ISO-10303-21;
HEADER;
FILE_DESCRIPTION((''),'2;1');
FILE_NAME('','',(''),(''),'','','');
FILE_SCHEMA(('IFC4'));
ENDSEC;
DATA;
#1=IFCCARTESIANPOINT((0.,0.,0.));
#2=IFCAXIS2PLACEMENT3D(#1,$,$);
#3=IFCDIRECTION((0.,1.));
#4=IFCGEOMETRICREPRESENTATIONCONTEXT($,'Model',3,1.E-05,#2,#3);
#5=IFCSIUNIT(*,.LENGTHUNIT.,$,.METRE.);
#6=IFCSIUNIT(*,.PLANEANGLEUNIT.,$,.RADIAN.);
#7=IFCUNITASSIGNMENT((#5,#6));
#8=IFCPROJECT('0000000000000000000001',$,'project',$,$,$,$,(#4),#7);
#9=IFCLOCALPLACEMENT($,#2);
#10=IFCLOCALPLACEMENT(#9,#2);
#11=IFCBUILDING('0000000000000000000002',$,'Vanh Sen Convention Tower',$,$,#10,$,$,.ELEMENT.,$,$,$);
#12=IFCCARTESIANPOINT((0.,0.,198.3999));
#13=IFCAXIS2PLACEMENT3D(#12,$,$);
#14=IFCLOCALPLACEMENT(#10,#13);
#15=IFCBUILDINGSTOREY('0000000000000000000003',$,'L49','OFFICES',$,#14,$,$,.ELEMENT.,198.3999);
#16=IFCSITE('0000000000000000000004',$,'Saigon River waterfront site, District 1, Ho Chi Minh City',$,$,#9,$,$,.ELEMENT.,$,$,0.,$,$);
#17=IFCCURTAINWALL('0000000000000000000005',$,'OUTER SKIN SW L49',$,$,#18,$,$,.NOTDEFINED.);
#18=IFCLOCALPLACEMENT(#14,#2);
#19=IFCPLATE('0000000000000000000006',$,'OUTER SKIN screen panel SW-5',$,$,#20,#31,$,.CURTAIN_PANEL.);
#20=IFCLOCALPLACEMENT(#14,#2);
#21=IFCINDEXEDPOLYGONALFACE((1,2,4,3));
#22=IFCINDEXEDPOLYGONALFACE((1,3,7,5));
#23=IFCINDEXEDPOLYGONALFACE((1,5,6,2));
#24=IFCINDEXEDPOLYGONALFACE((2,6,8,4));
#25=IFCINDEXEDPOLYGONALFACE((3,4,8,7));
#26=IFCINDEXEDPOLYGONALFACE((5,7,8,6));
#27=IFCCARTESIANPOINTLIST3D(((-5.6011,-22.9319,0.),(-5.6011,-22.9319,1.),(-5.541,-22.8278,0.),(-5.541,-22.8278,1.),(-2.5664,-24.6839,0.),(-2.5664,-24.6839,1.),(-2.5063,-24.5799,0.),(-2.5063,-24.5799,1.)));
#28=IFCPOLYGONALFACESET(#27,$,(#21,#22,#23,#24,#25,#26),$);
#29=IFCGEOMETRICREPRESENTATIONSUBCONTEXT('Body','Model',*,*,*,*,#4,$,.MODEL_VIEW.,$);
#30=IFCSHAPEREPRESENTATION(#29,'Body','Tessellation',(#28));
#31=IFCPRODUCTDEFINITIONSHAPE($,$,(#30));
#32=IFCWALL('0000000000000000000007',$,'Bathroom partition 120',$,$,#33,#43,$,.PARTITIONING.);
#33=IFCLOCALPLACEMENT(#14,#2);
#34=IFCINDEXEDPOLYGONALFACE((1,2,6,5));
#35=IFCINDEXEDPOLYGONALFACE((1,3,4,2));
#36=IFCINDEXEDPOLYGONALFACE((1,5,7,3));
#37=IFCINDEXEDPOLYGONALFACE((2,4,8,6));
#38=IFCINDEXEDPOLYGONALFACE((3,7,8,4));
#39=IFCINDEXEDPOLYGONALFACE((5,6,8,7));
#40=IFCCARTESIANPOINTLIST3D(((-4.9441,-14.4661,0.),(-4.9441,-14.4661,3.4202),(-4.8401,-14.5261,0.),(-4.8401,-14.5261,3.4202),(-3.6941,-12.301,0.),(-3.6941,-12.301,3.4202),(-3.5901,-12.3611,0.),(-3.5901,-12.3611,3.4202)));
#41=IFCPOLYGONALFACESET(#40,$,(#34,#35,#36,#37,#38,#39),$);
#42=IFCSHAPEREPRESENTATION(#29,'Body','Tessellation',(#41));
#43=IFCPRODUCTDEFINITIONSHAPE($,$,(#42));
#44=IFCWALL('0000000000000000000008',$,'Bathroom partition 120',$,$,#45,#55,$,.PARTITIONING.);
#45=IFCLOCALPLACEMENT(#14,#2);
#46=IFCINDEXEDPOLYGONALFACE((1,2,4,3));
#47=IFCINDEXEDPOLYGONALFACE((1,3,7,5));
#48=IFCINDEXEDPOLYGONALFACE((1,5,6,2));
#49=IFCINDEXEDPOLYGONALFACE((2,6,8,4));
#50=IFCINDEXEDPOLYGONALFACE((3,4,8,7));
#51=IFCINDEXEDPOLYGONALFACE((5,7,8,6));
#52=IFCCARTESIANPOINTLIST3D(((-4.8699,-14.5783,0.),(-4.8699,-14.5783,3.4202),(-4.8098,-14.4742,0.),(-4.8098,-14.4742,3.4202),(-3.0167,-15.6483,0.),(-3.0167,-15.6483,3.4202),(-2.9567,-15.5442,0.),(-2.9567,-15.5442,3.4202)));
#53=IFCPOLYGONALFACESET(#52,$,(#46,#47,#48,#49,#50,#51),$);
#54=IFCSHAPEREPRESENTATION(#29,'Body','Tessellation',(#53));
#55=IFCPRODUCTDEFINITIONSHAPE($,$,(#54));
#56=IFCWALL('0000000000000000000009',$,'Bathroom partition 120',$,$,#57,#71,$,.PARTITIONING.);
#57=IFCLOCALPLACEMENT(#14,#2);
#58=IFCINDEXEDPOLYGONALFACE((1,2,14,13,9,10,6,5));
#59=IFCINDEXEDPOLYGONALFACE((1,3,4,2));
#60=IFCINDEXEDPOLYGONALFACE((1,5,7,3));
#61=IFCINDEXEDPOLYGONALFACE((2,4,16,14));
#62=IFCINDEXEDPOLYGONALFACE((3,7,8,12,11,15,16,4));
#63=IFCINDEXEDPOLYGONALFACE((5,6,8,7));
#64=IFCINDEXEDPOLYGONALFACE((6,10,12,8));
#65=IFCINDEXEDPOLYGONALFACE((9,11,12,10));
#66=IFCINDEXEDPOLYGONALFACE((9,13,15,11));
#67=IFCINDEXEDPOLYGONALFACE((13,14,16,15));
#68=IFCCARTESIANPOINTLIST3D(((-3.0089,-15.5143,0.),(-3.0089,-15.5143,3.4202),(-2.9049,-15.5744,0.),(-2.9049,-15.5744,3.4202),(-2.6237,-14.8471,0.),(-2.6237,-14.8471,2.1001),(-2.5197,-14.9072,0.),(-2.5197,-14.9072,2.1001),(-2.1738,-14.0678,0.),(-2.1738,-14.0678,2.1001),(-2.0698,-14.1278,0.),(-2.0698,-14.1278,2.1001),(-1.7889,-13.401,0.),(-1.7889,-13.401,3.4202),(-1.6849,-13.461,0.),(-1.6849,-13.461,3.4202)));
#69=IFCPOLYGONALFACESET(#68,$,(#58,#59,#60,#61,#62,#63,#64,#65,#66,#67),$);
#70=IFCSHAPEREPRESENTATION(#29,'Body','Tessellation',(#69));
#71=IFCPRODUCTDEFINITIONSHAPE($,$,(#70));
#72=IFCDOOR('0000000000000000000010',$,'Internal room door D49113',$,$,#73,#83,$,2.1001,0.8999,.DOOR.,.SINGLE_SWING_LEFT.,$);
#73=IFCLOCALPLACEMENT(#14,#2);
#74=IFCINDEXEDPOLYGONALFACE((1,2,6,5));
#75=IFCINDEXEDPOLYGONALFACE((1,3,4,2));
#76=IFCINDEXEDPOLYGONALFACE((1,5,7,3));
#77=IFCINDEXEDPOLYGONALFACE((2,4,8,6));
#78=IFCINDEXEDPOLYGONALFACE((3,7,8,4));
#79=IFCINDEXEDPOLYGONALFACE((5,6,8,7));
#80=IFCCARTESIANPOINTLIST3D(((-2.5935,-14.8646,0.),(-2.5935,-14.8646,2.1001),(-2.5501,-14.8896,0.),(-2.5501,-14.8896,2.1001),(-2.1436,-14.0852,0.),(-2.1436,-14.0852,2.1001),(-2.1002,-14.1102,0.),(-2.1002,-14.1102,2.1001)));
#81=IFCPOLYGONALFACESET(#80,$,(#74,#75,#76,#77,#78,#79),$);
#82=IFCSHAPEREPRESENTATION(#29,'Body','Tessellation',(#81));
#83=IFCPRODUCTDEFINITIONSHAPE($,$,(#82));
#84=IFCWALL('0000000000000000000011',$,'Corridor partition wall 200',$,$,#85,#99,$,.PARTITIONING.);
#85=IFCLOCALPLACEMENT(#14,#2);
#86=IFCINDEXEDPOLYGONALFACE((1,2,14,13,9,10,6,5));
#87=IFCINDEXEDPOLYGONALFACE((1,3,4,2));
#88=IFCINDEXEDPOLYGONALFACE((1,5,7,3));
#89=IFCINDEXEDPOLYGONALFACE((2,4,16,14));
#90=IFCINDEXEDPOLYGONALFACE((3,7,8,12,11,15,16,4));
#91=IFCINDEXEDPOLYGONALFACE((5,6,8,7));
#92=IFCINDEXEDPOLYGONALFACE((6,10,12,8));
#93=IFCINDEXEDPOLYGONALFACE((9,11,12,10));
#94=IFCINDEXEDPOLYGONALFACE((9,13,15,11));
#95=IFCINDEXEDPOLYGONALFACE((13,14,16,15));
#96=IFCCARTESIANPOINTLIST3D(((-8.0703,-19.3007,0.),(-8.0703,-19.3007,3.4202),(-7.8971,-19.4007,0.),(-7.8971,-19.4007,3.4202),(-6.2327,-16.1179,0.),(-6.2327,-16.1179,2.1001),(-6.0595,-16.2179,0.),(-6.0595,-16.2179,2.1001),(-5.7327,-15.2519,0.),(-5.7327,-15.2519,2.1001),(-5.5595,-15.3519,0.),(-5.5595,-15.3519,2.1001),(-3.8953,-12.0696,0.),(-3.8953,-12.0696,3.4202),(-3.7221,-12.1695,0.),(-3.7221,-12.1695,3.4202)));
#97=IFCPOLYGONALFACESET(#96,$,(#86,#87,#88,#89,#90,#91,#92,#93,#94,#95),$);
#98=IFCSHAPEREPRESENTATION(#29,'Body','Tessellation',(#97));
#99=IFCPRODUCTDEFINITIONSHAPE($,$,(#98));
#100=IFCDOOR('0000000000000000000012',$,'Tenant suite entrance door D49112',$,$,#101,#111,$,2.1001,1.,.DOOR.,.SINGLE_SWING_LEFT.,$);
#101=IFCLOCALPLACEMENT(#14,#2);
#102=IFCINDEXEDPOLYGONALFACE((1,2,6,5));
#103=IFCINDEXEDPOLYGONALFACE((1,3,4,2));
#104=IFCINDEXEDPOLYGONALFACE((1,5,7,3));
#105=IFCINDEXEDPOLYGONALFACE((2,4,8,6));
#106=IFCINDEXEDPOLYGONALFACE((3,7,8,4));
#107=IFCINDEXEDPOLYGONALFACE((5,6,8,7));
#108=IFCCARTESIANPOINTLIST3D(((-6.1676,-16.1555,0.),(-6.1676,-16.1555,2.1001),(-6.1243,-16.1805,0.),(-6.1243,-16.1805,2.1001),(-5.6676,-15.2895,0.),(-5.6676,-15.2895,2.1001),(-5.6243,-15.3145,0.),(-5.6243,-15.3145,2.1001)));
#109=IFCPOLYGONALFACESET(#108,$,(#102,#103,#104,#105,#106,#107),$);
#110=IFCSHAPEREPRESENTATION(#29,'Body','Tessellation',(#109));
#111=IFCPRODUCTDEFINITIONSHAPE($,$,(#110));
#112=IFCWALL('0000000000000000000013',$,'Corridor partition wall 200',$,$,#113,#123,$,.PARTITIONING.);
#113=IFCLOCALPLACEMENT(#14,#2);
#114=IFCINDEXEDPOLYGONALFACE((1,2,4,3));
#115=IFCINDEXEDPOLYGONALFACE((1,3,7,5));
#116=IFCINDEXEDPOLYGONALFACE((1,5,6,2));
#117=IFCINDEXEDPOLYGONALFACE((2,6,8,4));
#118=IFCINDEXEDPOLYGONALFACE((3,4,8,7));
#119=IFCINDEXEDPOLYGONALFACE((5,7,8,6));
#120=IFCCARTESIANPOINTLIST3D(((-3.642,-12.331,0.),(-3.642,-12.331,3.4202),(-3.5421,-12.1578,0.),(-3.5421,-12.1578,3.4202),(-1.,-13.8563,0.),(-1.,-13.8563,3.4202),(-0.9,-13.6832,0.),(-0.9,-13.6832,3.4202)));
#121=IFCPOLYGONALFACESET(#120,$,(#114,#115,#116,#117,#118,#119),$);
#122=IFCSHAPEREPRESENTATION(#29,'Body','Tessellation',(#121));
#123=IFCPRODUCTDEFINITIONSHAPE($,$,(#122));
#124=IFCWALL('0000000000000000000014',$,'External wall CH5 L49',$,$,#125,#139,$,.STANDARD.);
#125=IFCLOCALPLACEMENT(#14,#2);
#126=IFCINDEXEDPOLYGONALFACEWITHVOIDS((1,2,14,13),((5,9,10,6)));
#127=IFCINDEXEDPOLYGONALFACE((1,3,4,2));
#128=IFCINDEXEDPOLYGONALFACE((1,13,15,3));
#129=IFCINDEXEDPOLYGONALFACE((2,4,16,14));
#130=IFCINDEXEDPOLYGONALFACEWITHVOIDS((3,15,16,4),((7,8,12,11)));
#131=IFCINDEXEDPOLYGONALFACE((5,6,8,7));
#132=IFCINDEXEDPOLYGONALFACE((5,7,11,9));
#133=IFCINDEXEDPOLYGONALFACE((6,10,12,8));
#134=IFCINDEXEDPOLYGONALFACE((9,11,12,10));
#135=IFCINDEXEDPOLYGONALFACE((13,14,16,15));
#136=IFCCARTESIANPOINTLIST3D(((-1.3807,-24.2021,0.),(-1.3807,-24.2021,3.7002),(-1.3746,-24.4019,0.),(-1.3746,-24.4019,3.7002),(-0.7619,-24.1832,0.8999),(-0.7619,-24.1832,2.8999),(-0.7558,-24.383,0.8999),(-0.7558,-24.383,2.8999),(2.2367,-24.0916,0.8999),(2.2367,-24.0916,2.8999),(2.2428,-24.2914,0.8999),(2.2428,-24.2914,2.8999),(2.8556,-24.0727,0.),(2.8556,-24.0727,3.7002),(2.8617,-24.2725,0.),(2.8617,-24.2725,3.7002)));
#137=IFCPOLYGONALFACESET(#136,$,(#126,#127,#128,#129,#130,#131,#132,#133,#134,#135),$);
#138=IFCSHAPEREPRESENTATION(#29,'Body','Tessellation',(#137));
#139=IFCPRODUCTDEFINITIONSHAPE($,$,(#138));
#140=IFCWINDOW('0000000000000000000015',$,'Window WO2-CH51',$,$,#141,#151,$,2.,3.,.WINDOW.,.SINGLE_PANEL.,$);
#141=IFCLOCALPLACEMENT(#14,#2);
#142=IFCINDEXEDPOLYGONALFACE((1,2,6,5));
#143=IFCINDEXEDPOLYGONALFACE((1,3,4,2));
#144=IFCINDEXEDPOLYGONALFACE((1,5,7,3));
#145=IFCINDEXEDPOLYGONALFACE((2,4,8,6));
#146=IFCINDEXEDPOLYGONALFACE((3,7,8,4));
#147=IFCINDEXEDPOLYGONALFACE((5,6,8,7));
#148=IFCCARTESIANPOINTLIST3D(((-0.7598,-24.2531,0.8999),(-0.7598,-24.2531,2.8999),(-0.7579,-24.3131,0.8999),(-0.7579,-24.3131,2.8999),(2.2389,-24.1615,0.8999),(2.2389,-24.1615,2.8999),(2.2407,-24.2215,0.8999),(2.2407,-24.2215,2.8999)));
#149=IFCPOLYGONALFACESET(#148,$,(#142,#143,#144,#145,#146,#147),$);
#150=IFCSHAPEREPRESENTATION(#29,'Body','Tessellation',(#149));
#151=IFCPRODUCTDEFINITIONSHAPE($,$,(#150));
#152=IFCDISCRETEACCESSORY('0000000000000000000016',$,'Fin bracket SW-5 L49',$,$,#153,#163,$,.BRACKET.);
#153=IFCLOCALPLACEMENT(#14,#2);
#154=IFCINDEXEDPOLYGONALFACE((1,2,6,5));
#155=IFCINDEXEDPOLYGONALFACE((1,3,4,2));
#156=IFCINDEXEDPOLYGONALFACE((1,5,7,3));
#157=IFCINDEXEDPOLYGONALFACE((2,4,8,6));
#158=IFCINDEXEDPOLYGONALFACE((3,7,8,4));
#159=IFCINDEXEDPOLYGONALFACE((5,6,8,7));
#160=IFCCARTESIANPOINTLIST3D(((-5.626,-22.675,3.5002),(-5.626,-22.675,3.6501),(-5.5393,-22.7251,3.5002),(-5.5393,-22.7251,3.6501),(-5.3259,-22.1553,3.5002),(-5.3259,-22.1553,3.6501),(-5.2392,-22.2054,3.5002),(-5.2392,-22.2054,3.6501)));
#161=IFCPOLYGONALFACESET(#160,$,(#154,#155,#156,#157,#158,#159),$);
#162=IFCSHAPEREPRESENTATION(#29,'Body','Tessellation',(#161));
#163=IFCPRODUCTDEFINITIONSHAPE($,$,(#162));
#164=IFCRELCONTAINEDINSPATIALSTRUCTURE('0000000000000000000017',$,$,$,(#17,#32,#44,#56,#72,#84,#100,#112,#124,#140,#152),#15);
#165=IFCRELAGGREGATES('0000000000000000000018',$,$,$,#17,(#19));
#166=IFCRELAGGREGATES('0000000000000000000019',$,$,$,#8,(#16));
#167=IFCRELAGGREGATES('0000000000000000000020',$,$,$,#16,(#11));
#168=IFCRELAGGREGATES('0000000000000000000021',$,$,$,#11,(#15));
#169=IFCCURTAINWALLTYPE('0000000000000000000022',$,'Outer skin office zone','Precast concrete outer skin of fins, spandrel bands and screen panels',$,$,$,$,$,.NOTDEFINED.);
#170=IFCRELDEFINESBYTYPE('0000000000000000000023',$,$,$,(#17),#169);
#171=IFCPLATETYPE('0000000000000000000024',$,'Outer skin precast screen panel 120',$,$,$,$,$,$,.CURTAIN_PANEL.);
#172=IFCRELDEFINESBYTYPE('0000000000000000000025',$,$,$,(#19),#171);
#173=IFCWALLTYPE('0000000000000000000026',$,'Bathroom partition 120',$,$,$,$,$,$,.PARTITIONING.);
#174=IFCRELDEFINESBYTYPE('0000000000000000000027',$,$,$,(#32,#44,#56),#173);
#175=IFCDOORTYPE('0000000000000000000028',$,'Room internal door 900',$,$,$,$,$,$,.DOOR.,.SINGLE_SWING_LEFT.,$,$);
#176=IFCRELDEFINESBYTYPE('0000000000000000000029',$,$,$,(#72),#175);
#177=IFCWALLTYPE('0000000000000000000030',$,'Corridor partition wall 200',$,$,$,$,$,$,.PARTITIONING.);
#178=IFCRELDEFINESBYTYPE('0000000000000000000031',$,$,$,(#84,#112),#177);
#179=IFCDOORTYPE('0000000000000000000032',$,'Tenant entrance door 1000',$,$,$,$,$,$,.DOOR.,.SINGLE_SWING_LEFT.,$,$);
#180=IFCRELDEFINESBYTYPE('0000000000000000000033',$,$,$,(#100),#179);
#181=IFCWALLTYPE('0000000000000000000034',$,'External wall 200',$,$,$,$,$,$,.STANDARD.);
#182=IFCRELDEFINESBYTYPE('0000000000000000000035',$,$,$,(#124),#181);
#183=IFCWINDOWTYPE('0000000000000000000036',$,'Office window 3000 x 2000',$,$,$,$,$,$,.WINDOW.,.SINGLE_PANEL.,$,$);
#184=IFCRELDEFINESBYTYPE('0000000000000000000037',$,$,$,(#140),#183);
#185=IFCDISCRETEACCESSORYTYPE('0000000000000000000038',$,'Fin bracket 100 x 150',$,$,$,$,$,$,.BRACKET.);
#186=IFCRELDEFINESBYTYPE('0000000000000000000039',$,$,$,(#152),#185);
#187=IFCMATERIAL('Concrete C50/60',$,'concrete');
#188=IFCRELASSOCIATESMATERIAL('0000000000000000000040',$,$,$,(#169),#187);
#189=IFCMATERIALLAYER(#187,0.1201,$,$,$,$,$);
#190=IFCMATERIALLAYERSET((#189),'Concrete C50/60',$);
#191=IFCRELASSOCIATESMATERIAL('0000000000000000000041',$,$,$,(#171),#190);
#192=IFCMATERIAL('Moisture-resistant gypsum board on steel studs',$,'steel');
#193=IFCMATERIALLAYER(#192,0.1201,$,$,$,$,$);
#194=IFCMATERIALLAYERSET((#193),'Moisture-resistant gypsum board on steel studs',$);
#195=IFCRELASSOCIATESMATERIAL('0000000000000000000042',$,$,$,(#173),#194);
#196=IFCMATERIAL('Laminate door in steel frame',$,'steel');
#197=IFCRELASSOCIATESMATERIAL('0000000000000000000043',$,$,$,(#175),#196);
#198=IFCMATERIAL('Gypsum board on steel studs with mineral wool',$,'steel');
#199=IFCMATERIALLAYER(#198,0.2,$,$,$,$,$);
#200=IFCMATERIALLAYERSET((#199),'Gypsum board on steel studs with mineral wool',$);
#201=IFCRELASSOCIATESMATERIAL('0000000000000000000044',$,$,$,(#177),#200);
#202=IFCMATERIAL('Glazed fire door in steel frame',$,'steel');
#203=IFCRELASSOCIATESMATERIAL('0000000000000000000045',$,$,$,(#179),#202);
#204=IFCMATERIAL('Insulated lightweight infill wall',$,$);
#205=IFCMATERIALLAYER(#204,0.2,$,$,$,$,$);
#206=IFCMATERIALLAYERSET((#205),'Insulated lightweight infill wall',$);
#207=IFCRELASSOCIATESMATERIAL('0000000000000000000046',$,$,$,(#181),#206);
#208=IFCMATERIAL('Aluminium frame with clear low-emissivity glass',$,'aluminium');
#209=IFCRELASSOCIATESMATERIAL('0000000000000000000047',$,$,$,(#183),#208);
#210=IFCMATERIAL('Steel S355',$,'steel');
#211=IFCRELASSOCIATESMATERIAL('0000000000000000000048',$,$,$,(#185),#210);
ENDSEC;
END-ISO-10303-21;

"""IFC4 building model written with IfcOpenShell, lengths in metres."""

from ifc_helpers import new_model, si_unit, direction, frame, frame_2d, origin, origin_2d, place, context, subcontext, project, spatial, rectangle, extrude, material, layer, layer_set, type_object, element, fill, aggregate, save


model = new_model("IFC4")

# Units and contexts
model_context = context("Model", 3, precision=1e-05, world=origin(), true_north=direction((0.0, 1.0)))
body_context = subcontext(model_context, "Body", "Model", "MODEL_VIEW")
ifc_project = project(units=[si_unit("LENGTHUNIT", "METRE"), si_unit("PLANEANGLEUNIT", "RADIAN")], contexts=[model_context])

# Site, building, storey
site_placement = place(None, origin())
site = spatial("IfcSite", under=ifc_project, at=site_placement, Name="Saigon River waterfront site, District 1, Ho Chi Minh City", CompositionType="ELEMENT", RefElevation=0.0)
building_placement = place(site_placement, origin())
building = spatial("IfcBuilding", under=site, at=building_placement, Name="Vanh Sen Convention Tower", CompositionType="ELEMENT")
storey_placement = place(building_placement, frame((0.0, 0.0, 198.3999)))
storey = spatial("IfcBuildingStorey", under=building, at=storey_placement, Name="L49", Description="OFFICES", CompositionType="ELEMENT", Elevation=198.3999)

# Curtain wall
ifc_material_1 = material(Name="Concrete C50/60", Category="concrete")
curtain_wall_type = type_object("IfcCurtainWallType", Name="Outer skin office zone", Description="Precast concrete outer skin of fins, spandrel bands and screen panels", PredefinedType="NOTDEFINED", material=ifc_material_1)
curtain_wall_1_placement = place(storey_placement, origin())
curtain_wall_1 = element("IfcCurtainWall", 1, at=curtain_wall_1_placement, inside=storey, type_object=curtain_wall_type, Name="OUTER SKIN SW L49", PredefinedType="NOTDEFINED")

# Plate
ifc_layer_1 = layer(ifc_material_1, 0.1201)
ifc_layer_set_1 = layer_set([ifc_layer_1], Name="Concrete C50/60")
plate_type = type_object("IfcPlateType", Name="Outer skin precast screen panel 120", PredefinedType="CURTAIN_PANEL", material=ifc_layer_set_1)
plate_1_placement = place(storey_placement, frame((-4.0537, -23.7559, 0.0), z_axis=(0.0, 0.0, 1.0), x_axis=(0.866035, -0.499983, 0.0)))
plate_1 = element("IfcPlate", 2, at=plate_1_placement, type_object=plate_type, Name="OUTER SKIN screen panel SW-5", PredefinedType="CURTAIN_PANEL", context=body_context, shape_type="SweptSolid", body=[
    extrude(rectangle(XDim=3.5042, YDim=0.1201, at=origin_2d()), origin(), (0.0, 0.0, 1.0), 1.0),
])
aggregate(curtain_wall_1, [plate_1])

# Walls
ifc_material_2 = material(Name="Moisture-resistant gypsum board on steel studs", Category="steel")
ifc_layer_2 = layer(ifc_material_2, 0.1201)
ifc_layer_set_2 = layer_set([ifc_layer_2], Name="Moisture-resistant gypsum board on steel studs")
wall_type_1 = type_object("IfcWallType", Name="Bathroom partition 120", PredefinedType="PARTITIONING", material=ifc_layer_set_2)
wall_1_placement = place(storey_placement, frame((-4.8921, -14.4961, 0.0), z_axis=(0.0, 0.0, 1.0), x_axis=(0.500004, 0.866023, 0.0)))
element("IfcWall", 3, at=wall_1_placement, inside=storey, type_object=wall_type_1, Name="Bathroom partition 120", PredefinedType="PARTITIONING", context=body_context, shape_type="SweptSolid", body=[
    extrude(rectangle(XDim=2.5, YDim=0.1201, at=frame_2d((1.25, 0.0))), origin(), (0.0, 0.0, 1.0), 3.4202),
])
wall_2_placement = place(storey_placement, frame((-2.9868, -15.5962, 0.0), z_axis=(0.0, 0.0, 1.0), x_axis=(-0.866009, 0.500029, 0.0)))
element("IfcWall", 4, at=wall_2_placement, inside=storey, type_object=wall_type_1, Name="Bathroom partition 120", PredefinedType="PARTITIONING", context=body_context, shape_type="SweptSolid", body=[
    extrude(rectangle(XDim=2.1399, YDim=0.1201, at=frame_2d((1.0698, 0.0))), origin(), (0.0, 0.0, 1.0), 3.4202),
])

# Walls, openings, doors
wall_3_placement = place(storey_placement, frame((-1.7368, -13.4309, 0.0), z_axis=(0.0, 0.0, 1.0), x_axis=(-0.499959, -0.866049, 0.0)))
wall_3 = element("IfcWall", 5, at=wall_3_placement, inside=storey, type_object=wall_type_1, Name="Bathroom partition 120", PredefinedType="PARTITIONING", context=body_context, shape_type="SweptSolid", body=[
    extrude(rectangle(XDim=2.4402, YDim=0.1201, at=frame_2d((1.2202, 0.0))), origin(), (0.0, 0.0, 1.0), 3.4202),
])
opening_1_placement = place(wall_3_placement, frame((0.77, 0.0, 0.0)))
opening_1 = element("IfcOpeningElement", 6, at=opening_1_placement, cuts=wall_3, PredefinedType="OPENING", context=body_context, shape_type="SweptSolid", body=[
    extrude(rectangle(XDim=0.8999, YDim=2.1001, at=frame_2d((0.45, 1.05))), frame((0.0, 0.0701, 0.0), z_axis=(0.0, -1.0, 0.0), x_axis=(1.0, 0.0, 0.0)), (0.0, 0.0, 1.0), 0.1401),
])
ifc_material_3 = material(Name="Laminate door in steel frame", Category="steel")
door_type_1 = type_object("IfcDoorType", Name="Room internal door 900", OperationType="SINGLE_SWING_LEFT", PredefinedType="DOOR", material=ifc_material_3)
door_1_placement = place(opening_1_placement, origin())
door_1 = element("IfcDoor", 7, at=door_1_placement, inside=storey, type_object=door_type_1, Name="Internal room door D49113", OperationType="SINGLE_SWING_LEFT", OverallHeight=2.1001, OverallWidth=0.8999, PredefinedType="DOOR", context=body_context, shape_type="SweptSolid", body=[
    extrude(rectangle(XDim=0.8999, YDim=2.1001, at=frame_2d((0.45, 1.05))), frame((0.0, 0.0249, 0.0), z_axis=(0.0, -1.0, 0.0), x_axis=(1.0, 0.0, 0.0)), (0.0, 0.0, 1.0), 0.05),
])
fill(opening_1, door_1)
ifc_material_4 = material(Name="Gypsum board on steel studs with mineral wool", Category="steel")
ifc_layer_3 = layer(ifc_material_4, 0.2)
ifc_layer_set_3 = layer_set([ifc_layer_3], Name="Gypsum board on steel studs with mineral wool")
wall_type_2 = type_object("IfcWallType", Name="Corridor partition wall 200", PredefinedType="PARTITIONING", material=ifc_layer_set_3)
wall_4_placement = place(storey_placement, frame((-7.9836, -19.3506, 0.0), z_axis=(0.0, 0.0, 1.0), x_axis=(0.50001, 0.86602, 0.0)))
wall_4 = element("IfcWall", 8, at=wall_4_placement, inside=storey, type_object=wall_type_2, Name="Corridor partition wall 200", PredefinedType="PARTITIONING", context=body_context, shape_type="SweptSolid", body=[
    extrude(rectangle(XDim=8.3499, YDim=0.2, at=frame_2d((4.1748, 0.0))), origin(), (0.0, 0.0, 1.0), 3.4202),
])
opening_2_placement = place(wall_4_placement, frame((3.675, 0.0, 0.0)))
opening_2 = element("IfcOpeningElement", 9, at=opening_2_placement, cuts=wall_4, PredefinedType="OPENING", context=body_context, shape_type="SweptSolid", body=[
    extrude(rectangle(XDim=1.0, YDim=2.1001, at=frame_2d((0.5, 1.05))), frame((0.0, 0.1099, 0.0), z_axis=(0.0, -1.0, 0.0), x_axis=(1.0, 0.0, 0.0)), (0.0, 0.0, 1.0), 0.22),
])
ifc_material_5 = material(Name="Glazed fire door in steel frame", Category="steel")
door_type_2 = type_object("IfcDoorType", Name="Tenant entrance door 1000", OperationType="SINGLE_SWING_LEFT", PredefinedType="DOOR", material=ifc_material_5)
door_2_placement = place(opening_2_placement, origin())
door_2 = element("IfcDoor", 10, at=door_2_placement, inside=storey, type_object=door_type_2, Name="Tenant suite entrance door D49112", OperationType="SINGLE_SWING_LEFT", OverallHeight=2.1001, OverallWidth=1.0, PredefinedType="DOOR", context=body_context, shape_type="SweptSolid", body=[
    extrude(rectangle(XDim=1.0, YDim=2.1001, at=frame_2d((0.5, 1.05))), frame((0.0, 0.0249, 0.0), z_axis=(0.0, -1.0, 0.0), x_axis=(1.0, 0.0, 0.0)), (0.0, 0.0, 1.0), 0.05),
])
fill(opening_2, door_2)

# Wall
wall_5_placement = place(storey_placement, frame((-3.592, -12.2444, 0.0), z_axis=(0.0, 0.0, 1.0), x_axis=(0.866028, -0.499995, 0.0)))
element("IfcWall", 11, at=wall_5_placement, inside=storey, type_object=wall_type_2, Name="Corridor partition wall 200", PredefinedType="PARTITIONING", context=body_context, shape_type="SweptSolid", body=[
    extrude(rectangle(XDim=3.0508, YDim=0.2, at=frame_2d((1.5254, 0.0))), origin(), (0.0, 0.0, 1.0), 3.4202),
])

# Wall, opening, window
ifc_material_6 = material(Name="Insulated lightweight infill wall")
ifc_layer_4 = layer(ifc_material_6, 0.2)
ifc_layer_set_4 = layer_set([ifc_layer_4], Name="Insulated lightweight infill wall")
wall_type_3 = type_object("IfcWallType", Name="External wall 200", PredefinedType="STANDARD", material=ifc_layer_set_4)
wall_6_placement = place(storey_placement, frame((-1.3777, -24.302, 0.0), z_axis=(0.0, 0.0, 1.0), x_axis=(0.999534, 0.03053, 0.0)))
wall_6 = element("IfcWall", 12, at=wall_6_placement, inside=storey, type_object=wall_type_3, Name="External wall CH5 L49", PredefinedType="STANDARD", context=body_context, shape_type="SweptSolid", body=[
    extrude(rectangle(XDim=4.2383, YDim=0.2, at=frame_2d((2.1191, 0.0))), origin(), (0.0, 0.0, 1.0), 3.7002),
])
opening_3_placement = place(wall_6_placement, frame((0.6191, 0.0, 0.8999)))
opening_3 = element("IfcOpeningElement", 13, at=opening_3_placement, cuts=wall_6, PredefinedType="OPENING", context=body_context, shape_type="SweptSolid", body=[
    extrude(rectangle(XDim=3.0, YDim=2.0, at=frame_2d((1.5, 1.0))), frame((0.0, 0.1099, 0.0), z_axis=(0.0, -1.0, 0.0), x_axis=(1.0, 0.0, 0.0)), (0.0, 0.0, 1.0), 0.22),
])
ifc_material_7 = material(Name="Aluminium frame with clear low-emissivity glass", Category="aluminium")
window_type = type_object("IfcWindowType", Name="Office window 3000 x 2000", PartitioningType="SINGLE_PANEL", PredefinedType="WINDOW", material=ifc_material_7)
window_placement = place(opening_3_placement, origin())
window = element("IfcWindow", 14, at=window_placement, inside=storey, type_object=window_type, Name="Window WO2-CH51", OverallHeight=2.0, OverallWidth=3.0, PartitioningType="SINGLE_PANEL", PredefinedType="WINDOW", context=body_context, shape_type="SweptSolid", body=[
    extrude(rectangle(XDim=3.0, YDim=2.0, at=frame_2d((1.5, 1.0))), frame((0.0, 0.03, 0.0), z_axis=(0.0, -1.0, 0.0), x_axis=(1.0, 0.0, 0.0)), (0.0, 0.0, 1.0), 0.0601),
])
fill(opening_3, window)

# Discrete accessory
ifc_material_8 = material(Name="Steel S355", Category="steel")
discrete_accessory_type = type_object("IfcDiscreteAccessoryType", Name="Fin bracket 100 x 150", PredefinedType="BRACKET", material=ifc_material_8)
discrete_accessory_placement = place(storey_placement, frame((-5.4326, -22.4402, 3.5002), z_axis=(0.0, 0.0, 1.0), x_axis=(-0.5, -0.866025, 0.0)))
element("IfcDiscreteAccessory", 15, at=discrete_accessory_placement, inside=storey, type_object=discrete_accessory_type, Name="Fin bracket SW-5 L49", PredefinedType="BRACKET", context=body_context, shape_type="SweptSolid", body=[
    extrude(rectangle(XDim=0.6001, YDim=0.1001, at=origin_2d()), origin(), (0.0, 0.0, 1.0), 0.1499),
])

save(model, "model.ifc")
